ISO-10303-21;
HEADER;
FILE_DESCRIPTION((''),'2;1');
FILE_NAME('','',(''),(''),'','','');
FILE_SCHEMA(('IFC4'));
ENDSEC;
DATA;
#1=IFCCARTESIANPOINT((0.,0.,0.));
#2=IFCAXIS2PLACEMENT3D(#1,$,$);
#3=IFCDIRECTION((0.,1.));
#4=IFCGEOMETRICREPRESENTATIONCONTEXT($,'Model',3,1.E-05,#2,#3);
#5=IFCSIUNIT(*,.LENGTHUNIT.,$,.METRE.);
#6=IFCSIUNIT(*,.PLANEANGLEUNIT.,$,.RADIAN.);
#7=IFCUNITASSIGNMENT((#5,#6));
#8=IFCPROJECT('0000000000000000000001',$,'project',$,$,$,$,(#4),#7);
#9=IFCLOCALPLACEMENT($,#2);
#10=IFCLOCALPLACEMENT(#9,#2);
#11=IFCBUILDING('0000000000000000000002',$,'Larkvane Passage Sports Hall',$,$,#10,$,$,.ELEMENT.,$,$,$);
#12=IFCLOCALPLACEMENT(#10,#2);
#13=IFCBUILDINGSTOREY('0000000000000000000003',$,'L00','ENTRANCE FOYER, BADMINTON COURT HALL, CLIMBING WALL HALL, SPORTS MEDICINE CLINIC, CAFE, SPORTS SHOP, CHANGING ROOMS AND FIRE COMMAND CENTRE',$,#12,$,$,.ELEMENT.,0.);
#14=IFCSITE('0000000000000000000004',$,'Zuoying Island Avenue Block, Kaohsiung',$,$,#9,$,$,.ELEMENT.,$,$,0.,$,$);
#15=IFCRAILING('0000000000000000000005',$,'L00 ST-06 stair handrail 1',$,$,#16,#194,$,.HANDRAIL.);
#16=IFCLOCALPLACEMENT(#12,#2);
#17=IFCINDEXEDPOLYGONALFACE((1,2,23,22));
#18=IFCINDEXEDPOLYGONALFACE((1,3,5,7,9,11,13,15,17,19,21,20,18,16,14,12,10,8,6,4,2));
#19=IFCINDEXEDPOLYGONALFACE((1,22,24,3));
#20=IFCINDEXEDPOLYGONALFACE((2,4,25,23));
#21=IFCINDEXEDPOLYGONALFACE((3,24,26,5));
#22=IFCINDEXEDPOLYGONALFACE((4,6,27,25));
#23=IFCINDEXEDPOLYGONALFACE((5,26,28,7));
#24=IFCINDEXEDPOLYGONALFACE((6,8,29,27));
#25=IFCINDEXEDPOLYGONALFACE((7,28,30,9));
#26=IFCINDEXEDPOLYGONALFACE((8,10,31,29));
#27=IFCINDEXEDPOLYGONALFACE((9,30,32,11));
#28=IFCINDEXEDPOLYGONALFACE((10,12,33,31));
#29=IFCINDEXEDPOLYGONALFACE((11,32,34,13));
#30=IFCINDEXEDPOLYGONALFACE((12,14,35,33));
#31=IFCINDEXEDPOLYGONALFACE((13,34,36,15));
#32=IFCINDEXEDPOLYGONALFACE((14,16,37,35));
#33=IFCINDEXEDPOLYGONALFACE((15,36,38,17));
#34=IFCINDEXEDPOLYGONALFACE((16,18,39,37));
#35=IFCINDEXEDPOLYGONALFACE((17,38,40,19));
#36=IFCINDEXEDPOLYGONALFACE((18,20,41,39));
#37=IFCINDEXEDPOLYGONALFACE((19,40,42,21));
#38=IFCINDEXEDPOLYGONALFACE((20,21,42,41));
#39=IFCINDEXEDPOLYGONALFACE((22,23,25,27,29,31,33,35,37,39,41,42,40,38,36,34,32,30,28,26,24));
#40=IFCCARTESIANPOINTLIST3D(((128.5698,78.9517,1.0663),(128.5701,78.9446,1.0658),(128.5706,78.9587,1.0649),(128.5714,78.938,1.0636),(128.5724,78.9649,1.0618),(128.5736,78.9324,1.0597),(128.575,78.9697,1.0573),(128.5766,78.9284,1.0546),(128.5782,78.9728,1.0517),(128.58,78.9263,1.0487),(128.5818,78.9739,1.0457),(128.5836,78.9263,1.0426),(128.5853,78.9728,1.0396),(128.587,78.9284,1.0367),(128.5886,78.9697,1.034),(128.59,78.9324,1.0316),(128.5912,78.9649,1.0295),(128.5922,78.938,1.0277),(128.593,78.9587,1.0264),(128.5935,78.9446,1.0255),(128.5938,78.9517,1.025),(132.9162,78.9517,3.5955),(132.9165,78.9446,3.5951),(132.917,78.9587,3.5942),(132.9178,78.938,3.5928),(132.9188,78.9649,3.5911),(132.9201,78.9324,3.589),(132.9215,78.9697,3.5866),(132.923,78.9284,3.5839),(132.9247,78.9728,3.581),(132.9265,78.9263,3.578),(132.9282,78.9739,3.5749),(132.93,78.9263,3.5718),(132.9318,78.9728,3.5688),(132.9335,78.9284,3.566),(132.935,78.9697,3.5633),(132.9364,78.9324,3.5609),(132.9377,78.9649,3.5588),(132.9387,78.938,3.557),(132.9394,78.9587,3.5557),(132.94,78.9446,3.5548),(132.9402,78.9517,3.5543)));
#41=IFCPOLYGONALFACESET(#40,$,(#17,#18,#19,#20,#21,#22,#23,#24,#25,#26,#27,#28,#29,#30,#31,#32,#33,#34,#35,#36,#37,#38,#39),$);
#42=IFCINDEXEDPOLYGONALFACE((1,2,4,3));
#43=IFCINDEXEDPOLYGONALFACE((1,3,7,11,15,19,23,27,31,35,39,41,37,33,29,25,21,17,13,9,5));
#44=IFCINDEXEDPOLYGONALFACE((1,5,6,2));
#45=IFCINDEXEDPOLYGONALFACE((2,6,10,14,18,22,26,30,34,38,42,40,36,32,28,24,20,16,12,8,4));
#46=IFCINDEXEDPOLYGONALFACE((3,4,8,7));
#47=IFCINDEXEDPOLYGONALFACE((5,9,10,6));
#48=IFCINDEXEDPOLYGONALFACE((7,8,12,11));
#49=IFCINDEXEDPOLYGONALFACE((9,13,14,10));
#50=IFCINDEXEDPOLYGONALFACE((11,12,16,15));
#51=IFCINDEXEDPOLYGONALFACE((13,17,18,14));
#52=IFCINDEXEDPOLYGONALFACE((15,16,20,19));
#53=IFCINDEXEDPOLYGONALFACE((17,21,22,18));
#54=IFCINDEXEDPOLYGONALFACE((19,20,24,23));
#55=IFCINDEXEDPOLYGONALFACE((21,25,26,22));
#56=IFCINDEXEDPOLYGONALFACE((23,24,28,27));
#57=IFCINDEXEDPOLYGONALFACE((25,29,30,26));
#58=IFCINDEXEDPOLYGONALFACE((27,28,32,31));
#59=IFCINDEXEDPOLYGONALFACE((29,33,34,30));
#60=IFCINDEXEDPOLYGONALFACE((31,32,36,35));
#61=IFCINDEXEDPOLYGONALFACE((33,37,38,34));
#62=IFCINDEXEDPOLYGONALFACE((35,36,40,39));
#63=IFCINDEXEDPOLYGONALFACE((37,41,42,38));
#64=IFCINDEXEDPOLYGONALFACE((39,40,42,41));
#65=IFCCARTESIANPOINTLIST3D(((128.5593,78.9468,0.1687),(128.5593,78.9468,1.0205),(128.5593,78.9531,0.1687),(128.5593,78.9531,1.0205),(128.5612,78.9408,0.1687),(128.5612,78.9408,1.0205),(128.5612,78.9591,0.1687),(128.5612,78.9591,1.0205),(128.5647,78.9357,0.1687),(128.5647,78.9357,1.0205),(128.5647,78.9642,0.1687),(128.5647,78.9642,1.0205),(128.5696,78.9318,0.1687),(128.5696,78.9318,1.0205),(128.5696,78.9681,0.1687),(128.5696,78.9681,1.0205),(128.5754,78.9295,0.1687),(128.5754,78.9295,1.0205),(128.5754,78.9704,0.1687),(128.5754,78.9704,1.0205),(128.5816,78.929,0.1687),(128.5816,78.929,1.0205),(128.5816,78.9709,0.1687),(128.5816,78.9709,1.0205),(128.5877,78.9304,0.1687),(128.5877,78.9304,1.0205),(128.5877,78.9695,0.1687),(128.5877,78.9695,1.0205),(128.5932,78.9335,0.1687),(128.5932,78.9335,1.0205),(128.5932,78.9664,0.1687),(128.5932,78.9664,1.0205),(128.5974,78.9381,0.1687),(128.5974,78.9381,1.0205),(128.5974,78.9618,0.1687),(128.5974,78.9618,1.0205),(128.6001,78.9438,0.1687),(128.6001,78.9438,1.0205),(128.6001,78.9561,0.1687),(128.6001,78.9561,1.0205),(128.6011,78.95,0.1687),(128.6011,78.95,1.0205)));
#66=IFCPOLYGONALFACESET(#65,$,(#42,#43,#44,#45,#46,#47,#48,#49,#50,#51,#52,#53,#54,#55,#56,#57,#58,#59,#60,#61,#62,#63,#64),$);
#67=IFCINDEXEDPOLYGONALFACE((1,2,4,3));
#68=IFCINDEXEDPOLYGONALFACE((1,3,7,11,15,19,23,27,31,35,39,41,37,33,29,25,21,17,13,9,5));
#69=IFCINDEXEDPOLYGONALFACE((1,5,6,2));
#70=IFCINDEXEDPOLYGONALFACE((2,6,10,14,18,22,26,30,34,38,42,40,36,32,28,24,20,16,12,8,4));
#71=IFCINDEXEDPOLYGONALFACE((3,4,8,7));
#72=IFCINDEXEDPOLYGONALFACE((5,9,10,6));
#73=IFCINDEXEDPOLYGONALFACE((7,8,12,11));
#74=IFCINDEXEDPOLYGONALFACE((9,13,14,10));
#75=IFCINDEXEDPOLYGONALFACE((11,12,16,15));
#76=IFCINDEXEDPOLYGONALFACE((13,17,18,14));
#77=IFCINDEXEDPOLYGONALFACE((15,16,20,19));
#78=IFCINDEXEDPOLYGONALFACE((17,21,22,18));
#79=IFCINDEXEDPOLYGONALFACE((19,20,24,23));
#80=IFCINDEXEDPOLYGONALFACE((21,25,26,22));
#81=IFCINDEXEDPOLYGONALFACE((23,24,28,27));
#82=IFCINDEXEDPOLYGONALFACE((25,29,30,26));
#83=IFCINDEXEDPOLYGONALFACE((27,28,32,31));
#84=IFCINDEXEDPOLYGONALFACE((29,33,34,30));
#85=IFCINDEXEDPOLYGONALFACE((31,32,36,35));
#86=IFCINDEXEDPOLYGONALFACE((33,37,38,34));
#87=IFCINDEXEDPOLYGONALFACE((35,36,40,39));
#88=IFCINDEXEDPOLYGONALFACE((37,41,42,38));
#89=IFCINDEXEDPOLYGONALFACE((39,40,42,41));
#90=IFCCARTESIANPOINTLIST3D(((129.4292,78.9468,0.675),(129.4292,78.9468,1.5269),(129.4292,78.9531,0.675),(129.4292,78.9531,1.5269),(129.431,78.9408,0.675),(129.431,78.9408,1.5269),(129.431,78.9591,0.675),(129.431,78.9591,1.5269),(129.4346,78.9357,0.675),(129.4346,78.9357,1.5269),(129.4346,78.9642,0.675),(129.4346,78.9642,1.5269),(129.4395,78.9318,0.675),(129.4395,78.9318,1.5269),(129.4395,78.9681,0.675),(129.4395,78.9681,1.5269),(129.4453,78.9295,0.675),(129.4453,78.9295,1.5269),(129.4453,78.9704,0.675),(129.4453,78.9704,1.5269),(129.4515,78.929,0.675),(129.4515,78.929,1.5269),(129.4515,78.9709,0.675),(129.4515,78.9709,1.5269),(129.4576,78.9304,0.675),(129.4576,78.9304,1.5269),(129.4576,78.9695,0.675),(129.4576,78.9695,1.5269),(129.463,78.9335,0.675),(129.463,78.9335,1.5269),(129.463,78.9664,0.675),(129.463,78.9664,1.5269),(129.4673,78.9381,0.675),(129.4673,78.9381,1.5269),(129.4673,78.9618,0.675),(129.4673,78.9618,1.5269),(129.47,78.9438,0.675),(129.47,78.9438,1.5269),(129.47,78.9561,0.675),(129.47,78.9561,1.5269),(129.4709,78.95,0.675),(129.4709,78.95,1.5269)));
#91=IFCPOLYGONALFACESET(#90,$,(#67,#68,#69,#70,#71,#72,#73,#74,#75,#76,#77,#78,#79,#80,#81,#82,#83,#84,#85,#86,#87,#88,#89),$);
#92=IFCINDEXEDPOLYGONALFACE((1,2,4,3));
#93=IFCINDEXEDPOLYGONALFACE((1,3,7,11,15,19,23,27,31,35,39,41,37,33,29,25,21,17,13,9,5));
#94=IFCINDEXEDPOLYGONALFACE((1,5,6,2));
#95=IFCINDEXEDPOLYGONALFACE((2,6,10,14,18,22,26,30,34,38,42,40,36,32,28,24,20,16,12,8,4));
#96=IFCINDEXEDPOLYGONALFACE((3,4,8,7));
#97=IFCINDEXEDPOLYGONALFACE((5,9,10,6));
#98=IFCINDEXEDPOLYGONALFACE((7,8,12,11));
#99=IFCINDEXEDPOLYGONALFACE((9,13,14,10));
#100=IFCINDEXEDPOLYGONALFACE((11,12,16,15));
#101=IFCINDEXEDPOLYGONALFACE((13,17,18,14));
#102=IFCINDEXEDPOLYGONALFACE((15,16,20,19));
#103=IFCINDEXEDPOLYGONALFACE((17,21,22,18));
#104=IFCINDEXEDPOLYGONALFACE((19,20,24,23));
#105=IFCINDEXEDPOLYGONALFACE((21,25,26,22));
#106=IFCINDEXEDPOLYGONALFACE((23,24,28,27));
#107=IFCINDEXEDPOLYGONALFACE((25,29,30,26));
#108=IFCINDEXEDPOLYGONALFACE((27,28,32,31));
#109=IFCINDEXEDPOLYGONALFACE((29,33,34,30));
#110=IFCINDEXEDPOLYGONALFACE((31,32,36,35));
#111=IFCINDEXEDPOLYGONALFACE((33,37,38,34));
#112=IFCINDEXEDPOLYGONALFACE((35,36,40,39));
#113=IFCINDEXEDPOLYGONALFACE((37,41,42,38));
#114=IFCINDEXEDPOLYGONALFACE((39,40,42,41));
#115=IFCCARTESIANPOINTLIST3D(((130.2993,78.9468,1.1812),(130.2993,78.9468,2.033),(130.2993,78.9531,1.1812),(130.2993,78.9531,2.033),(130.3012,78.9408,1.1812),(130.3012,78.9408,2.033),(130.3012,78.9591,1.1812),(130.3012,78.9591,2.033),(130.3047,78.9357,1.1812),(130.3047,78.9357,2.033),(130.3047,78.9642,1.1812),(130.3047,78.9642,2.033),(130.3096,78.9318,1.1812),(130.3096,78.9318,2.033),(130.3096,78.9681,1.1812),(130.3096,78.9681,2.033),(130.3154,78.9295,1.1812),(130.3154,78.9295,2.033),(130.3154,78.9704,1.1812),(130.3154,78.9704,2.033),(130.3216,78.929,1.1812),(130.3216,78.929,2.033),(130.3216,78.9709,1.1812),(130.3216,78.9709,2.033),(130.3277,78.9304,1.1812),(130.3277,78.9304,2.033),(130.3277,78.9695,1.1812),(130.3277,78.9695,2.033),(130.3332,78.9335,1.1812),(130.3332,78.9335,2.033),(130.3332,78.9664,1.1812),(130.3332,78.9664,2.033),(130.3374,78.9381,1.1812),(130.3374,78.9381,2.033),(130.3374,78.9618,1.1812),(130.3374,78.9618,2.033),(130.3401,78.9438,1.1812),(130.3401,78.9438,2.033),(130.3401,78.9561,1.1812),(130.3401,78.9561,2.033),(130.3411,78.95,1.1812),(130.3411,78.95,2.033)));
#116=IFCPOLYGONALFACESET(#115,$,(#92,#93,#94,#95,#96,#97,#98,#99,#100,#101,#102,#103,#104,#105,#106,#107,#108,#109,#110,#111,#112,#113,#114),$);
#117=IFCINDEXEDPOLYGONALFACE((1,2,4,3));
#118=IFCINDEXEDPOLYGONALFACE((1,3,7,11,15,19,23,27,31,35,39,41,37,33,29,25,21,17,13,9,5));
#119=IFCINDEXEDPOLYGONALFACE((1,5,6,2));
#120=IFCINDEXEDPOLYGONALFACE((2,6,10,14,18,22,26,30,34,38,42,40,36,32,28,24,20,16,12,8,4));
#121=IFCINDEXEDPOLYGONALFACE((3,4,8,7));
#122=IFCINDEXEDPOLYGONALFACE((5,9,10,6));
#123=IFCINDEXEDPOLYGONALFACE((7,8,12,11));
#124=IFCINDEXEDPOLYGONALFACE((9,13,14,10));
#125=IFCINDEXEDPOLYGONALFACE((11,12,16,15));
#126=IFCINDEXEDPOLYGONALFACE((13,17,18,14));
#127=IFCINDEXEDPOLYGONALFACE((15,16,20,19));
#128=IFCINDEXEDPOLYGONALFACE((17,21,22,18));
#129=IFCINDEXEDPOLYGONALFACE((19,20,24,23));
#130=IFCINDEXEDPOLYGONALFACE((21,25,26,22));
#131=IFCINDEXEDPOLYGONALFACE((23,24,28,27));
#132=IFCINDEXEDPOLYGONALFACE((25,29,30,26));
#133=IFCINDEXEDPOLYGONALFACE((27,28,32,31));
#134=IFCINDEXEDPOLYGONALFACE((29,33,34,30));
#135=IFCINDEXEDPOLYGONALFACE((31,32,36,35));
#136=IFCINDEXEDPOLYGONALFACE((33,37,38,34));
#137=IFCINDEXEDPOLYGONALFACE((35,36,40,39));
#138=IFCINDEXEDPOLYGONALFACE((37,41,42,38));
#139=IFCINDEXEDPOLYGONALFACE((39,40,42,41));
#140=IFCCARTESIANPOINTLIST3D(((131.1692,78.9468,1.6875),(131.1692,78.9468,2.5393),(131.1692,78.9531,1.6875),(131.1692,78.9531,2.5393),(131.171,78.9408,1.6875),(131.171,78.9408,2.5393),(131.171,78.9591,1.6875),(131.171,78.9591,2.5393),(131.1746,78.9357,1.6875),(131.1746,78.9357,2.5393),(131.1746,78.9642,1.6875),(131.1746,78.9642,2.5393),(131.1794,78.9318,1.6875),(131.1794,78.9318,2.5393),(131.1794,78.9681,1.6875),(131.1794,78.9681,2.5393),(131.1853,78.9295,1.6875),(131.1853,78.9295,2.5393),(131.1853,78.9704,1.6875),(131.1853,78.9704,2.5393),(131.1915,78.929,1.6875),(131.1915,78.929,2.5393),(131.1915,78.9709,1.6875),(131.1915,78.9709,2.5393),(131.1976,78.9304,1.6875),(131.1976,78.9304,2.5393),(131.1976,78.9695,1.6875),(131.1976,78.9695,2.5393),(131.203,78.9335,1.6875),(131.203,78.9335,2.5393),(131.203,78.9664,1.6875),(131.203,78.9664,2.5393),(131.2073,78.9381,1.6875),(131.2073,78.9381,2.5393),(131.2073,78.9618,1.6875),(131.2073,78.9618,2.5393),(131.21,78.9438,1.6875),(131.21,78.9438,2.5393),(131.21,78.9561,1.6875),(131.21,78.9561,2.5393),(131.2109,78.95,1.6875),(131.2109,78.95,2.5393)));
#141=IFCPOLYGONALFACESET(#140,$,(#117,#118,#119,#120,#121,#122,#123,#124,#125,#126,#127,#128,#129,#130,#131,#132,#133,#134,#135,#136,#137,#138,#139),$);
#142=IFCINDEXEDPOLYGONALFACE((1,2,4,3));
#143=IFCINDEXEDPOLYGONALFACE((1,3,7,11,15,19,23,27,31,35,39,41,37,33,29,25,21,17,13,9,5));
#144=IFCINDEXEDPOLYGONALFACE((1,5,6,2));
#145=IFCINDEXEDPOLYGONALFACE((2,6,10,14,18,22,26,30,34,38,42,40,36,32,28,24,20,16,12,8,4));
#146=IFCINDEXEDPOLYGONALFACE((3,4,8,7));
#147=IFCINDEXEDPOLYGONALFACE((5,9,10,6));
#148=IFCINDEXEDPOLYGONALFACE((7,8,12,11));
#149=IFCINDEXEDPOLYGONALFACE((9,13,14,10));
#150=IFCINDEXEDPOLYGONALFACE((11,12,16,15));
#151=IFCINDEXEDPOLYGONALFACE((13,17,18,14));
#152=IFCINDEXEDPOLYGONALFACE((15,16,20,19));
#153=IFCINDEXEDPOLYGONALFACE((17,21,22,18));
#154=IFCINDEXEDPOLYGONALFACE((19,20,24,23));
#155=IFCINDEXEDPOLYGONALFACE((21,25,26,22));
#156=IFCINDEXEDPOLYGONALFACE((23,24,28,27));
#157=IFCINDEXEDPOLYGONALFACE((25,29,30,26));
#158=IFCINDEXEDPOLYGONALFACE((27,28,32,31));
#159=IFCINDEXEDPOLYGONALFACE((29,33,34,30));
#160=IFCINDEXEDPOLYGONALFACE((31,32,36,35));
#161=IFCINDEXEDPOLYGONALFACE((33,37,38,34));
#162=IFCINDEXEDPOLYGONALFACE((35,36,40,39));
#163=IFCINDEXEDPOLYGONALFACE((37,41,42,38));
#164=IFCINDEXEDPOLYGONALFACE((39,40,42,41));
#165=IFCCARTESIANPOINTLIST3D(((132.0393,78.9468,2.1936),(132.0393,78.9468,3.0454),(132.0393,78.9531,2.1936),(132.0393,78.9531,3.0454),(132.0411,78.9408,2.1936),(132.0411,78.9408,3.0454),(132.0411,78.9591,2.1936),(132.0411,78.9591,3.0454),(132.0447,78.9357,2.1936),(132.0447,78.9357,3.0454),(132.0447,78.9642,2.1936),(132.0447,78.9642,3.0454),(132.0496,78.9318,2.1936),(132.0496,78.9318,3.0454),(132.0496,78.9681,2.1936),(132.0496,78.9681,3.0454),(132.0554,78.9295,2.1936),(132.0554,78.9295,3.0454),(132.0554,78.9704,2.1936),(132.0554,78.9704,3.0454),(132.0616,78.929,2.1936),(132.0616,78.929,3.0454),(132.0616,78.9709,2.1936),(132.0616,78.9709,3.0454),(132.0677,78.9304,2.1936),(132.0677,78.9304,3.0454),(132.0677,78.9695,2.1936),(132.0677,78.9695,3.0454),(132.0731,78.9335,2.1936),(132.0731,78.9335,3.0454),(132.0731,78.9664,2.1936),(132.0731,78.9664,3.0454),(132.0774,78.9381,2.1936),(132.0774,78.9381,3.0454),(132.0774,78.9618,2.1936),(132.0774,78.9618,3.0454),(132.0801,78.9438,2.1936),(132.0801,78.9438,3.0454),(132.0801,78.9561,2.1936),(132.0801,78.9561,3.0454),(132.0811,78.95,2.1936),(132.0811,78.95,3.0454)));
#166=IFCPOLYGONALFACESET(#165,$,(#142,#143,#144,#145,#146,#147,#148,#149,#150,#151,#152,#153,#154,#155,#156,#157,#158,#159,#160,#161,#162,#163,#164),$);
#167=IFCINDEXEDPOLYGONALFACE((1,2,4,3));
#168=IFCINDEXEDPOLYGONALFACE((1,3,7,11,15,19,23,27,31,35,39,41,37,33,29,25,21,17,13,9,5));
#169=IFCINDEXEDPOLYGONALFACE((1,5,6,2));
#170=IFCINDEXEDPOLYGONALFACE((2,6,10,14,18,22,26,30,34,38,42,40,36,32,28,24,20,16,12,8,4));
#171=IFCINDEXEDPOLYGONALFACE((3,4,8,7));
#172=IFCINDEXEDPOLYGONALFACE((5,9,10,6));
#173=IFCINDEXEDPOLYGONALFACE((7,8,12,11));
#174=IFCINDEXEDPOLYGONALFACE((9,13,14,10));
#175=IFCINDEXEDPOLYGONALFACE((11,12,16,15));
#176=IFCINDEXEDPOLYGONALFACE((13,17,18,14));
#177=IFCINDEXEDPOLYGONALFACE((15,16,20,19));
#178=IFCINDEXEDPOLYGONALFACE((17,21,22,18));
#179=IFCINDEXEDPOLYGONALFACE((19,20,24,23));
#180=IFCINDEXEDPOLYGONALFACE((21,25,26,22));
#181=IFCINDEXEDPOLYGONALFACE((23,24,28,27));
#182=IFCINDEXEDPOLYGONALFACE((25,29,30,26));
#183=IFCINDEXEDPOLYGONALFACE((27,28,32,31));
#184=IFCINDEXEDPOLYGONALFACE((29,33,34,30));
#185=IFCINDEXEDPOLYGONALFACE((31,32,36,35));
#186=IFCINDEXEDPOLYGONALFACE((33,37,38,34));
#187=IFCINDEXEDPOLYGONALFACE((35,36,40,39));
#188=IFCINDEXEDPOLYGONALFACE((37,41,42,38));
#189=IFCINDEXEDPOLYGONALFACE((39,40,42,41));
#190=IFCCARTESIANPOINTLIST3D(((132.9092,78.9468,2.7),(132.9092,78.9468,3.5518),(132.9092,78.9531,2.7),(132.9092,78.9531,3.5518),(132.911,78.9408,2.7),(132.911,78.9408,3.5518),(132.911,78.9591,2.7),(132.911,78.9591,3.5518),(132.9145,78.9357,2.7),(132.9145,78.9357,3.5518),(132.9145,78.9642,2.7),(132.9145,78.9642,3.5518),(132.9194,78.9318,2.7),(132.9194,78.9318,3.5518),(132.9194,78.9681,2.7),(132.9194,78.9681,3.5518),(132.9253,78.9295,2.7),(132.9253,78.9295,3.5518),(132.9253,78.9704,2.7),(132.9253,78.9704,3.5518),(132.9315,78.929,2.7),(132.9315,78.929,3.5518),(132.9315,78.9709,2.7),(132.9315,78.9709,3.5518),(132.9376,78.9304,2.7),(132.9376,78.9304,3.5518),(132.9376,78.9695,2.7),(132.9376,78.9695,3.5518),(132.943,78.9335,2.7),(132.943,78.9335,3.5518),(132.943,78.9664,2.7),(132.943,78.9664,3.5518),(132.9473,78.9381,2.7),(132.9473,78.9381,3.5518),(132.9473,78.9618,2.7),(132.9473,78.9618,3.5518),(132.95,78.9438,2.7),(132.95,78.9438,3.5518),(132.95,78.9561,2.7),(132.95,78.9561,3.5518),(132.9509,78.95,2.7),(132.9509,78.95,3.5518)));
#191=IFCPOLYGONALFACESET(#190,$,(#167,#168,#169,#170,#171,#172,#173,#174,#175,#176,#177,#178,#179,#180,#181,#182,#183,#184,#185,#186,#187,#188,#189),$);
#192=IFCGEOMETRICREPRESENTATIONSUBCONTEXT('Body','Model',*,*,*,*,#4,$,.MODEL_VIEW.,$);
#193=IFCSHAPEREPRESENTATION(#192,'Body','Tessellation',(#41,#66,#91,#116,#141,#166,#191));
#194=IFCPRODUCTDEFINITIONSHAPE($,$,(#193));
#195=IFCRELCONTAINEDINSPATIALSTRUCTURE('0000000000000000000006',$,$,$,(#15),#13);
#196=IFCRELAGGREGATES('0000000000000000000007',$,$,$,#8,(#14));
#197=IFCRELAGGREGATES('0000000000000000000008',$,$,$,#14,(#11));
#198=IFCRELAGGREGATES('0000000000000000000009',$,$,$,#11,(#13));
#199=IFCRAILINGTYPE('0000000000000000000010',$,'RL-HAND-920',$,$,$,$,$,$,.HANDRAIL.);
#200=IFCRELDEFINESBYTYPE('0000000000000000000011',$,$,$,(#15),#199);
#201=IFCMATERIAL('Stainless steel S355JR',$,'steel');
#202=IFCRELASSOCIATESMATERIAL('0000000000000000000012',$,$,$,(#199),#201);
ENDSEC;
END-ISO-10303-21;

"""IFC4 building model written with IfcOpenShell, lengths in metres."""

from ifc_helpers import new_model, si_unit, direction, frame, origin, origin_2d, place, context, subcontext, project, spatial, circle, extrude, material, type_object, element, save


model = new_model("IFC4")

# Units and contexts
model_context = context("Model", 3, precision=1e-05, world=origin(), true_north=direction((0.0, 1.0)))
body_context = subcontext(model_context, "Body", "Model", "MODEL_VIEW")
ifc_project = project(units=[si_unit("LENGTHUNIT", "METRE"), si_unit("PLANEANGLEUNIT", "RADIAN")], contexts=[model_context])

# Site, building, storey
site_placement = place(None, origin())
site = spatial("IfcSite", under=ifc_project, at=site_placement, Name="Zuoying Island Avenue Block, Kaohsiung", CompositionType="ELEMENT", RefElevation=0.0)
building_placement = place(site_placement, origin())
building = spatial("IfcBuilding", under=site, at=building_placement, Name="Larkvane Passage Sports Hall", CompositionType="ELEMENT")
storey_placement = place(building_placement, origin())
storey = spatial("IfcBuildingStorey", under=building, at=storey_placement, Name="L00", Description="ENTRANCE FOYER, BADMINTON COURT HALL, CLIMBING WALL HALL, SPORTS MEDICINE CLINIC, CAFE, SPORTS SHOP, CHANGING ROOMS AND FIRE COMMAND CENTRE", CompositionType="ELEMENT", Elevation=0.0)

# Railing
ifc_material_1 = material(Name="Stainless steel S355JR", Category="steel")
railing_type_1 = type_object("IfcRailingType", Name="RL-HAND-920", PredefinedType="HANDRAIL", material=ifc_material_1)
railing_1_placement = place(storey_placement, frame((128.5801, 78.95, 0.1687)))
element("IfcRailing", 1, at=railing_1_placement, inside=storey, type_object=railing_type_1, Name="L00 ST-06 stair handrail 1", PredefinedType="HANDRAIL", context=body_context, shape_type="SweptSolid", body=[
    extrude(circle(Radius=0.0239, at=origin_2d()), frame((0.0017, 0.0, 0.877), z_axis=(0.864312, 0.0, 0.502957), x_axis=(0.0, 1.0, 0.0)), (0.0, 0.0, 1.0), 5.0288),
    extrude(circle(Radius=0.021, at=origin_2d()), origin(), (0.0, 0.0, 1.0), 0.8518),
    extrude(circle(Radius=0.021, at=origin_2d()), frame((0.8699, 0.0, 0.5063)), (0.0, 0.0, 1.0), 0.8518),
    extrude(circle(Radius=0.021, at=origin_2d()), frame((1.74, 0.0, 1.0125)), (0.0, 0.0, 1.0), 0.8518),
    extrude(circle(Radius=0.021, at=origin_2d()), frame((2.6099, 0.0, 1.5188)), (0.0, 0.0, 1.0), 0.8518),
    extrude(circle(Radius=0.021, at=origin_2d()), frame((3.48, 0.0, 2.0249)), (0.0, 0.0, 1.0), 0.8518),
    extrude(circle(Radius=0.021, at=origin_2d()), frame((4.3499, 0.0, 2.5312)), (0.0, 0.0, 1.0), 0.8518),
])

save(model, "model.ifc")
